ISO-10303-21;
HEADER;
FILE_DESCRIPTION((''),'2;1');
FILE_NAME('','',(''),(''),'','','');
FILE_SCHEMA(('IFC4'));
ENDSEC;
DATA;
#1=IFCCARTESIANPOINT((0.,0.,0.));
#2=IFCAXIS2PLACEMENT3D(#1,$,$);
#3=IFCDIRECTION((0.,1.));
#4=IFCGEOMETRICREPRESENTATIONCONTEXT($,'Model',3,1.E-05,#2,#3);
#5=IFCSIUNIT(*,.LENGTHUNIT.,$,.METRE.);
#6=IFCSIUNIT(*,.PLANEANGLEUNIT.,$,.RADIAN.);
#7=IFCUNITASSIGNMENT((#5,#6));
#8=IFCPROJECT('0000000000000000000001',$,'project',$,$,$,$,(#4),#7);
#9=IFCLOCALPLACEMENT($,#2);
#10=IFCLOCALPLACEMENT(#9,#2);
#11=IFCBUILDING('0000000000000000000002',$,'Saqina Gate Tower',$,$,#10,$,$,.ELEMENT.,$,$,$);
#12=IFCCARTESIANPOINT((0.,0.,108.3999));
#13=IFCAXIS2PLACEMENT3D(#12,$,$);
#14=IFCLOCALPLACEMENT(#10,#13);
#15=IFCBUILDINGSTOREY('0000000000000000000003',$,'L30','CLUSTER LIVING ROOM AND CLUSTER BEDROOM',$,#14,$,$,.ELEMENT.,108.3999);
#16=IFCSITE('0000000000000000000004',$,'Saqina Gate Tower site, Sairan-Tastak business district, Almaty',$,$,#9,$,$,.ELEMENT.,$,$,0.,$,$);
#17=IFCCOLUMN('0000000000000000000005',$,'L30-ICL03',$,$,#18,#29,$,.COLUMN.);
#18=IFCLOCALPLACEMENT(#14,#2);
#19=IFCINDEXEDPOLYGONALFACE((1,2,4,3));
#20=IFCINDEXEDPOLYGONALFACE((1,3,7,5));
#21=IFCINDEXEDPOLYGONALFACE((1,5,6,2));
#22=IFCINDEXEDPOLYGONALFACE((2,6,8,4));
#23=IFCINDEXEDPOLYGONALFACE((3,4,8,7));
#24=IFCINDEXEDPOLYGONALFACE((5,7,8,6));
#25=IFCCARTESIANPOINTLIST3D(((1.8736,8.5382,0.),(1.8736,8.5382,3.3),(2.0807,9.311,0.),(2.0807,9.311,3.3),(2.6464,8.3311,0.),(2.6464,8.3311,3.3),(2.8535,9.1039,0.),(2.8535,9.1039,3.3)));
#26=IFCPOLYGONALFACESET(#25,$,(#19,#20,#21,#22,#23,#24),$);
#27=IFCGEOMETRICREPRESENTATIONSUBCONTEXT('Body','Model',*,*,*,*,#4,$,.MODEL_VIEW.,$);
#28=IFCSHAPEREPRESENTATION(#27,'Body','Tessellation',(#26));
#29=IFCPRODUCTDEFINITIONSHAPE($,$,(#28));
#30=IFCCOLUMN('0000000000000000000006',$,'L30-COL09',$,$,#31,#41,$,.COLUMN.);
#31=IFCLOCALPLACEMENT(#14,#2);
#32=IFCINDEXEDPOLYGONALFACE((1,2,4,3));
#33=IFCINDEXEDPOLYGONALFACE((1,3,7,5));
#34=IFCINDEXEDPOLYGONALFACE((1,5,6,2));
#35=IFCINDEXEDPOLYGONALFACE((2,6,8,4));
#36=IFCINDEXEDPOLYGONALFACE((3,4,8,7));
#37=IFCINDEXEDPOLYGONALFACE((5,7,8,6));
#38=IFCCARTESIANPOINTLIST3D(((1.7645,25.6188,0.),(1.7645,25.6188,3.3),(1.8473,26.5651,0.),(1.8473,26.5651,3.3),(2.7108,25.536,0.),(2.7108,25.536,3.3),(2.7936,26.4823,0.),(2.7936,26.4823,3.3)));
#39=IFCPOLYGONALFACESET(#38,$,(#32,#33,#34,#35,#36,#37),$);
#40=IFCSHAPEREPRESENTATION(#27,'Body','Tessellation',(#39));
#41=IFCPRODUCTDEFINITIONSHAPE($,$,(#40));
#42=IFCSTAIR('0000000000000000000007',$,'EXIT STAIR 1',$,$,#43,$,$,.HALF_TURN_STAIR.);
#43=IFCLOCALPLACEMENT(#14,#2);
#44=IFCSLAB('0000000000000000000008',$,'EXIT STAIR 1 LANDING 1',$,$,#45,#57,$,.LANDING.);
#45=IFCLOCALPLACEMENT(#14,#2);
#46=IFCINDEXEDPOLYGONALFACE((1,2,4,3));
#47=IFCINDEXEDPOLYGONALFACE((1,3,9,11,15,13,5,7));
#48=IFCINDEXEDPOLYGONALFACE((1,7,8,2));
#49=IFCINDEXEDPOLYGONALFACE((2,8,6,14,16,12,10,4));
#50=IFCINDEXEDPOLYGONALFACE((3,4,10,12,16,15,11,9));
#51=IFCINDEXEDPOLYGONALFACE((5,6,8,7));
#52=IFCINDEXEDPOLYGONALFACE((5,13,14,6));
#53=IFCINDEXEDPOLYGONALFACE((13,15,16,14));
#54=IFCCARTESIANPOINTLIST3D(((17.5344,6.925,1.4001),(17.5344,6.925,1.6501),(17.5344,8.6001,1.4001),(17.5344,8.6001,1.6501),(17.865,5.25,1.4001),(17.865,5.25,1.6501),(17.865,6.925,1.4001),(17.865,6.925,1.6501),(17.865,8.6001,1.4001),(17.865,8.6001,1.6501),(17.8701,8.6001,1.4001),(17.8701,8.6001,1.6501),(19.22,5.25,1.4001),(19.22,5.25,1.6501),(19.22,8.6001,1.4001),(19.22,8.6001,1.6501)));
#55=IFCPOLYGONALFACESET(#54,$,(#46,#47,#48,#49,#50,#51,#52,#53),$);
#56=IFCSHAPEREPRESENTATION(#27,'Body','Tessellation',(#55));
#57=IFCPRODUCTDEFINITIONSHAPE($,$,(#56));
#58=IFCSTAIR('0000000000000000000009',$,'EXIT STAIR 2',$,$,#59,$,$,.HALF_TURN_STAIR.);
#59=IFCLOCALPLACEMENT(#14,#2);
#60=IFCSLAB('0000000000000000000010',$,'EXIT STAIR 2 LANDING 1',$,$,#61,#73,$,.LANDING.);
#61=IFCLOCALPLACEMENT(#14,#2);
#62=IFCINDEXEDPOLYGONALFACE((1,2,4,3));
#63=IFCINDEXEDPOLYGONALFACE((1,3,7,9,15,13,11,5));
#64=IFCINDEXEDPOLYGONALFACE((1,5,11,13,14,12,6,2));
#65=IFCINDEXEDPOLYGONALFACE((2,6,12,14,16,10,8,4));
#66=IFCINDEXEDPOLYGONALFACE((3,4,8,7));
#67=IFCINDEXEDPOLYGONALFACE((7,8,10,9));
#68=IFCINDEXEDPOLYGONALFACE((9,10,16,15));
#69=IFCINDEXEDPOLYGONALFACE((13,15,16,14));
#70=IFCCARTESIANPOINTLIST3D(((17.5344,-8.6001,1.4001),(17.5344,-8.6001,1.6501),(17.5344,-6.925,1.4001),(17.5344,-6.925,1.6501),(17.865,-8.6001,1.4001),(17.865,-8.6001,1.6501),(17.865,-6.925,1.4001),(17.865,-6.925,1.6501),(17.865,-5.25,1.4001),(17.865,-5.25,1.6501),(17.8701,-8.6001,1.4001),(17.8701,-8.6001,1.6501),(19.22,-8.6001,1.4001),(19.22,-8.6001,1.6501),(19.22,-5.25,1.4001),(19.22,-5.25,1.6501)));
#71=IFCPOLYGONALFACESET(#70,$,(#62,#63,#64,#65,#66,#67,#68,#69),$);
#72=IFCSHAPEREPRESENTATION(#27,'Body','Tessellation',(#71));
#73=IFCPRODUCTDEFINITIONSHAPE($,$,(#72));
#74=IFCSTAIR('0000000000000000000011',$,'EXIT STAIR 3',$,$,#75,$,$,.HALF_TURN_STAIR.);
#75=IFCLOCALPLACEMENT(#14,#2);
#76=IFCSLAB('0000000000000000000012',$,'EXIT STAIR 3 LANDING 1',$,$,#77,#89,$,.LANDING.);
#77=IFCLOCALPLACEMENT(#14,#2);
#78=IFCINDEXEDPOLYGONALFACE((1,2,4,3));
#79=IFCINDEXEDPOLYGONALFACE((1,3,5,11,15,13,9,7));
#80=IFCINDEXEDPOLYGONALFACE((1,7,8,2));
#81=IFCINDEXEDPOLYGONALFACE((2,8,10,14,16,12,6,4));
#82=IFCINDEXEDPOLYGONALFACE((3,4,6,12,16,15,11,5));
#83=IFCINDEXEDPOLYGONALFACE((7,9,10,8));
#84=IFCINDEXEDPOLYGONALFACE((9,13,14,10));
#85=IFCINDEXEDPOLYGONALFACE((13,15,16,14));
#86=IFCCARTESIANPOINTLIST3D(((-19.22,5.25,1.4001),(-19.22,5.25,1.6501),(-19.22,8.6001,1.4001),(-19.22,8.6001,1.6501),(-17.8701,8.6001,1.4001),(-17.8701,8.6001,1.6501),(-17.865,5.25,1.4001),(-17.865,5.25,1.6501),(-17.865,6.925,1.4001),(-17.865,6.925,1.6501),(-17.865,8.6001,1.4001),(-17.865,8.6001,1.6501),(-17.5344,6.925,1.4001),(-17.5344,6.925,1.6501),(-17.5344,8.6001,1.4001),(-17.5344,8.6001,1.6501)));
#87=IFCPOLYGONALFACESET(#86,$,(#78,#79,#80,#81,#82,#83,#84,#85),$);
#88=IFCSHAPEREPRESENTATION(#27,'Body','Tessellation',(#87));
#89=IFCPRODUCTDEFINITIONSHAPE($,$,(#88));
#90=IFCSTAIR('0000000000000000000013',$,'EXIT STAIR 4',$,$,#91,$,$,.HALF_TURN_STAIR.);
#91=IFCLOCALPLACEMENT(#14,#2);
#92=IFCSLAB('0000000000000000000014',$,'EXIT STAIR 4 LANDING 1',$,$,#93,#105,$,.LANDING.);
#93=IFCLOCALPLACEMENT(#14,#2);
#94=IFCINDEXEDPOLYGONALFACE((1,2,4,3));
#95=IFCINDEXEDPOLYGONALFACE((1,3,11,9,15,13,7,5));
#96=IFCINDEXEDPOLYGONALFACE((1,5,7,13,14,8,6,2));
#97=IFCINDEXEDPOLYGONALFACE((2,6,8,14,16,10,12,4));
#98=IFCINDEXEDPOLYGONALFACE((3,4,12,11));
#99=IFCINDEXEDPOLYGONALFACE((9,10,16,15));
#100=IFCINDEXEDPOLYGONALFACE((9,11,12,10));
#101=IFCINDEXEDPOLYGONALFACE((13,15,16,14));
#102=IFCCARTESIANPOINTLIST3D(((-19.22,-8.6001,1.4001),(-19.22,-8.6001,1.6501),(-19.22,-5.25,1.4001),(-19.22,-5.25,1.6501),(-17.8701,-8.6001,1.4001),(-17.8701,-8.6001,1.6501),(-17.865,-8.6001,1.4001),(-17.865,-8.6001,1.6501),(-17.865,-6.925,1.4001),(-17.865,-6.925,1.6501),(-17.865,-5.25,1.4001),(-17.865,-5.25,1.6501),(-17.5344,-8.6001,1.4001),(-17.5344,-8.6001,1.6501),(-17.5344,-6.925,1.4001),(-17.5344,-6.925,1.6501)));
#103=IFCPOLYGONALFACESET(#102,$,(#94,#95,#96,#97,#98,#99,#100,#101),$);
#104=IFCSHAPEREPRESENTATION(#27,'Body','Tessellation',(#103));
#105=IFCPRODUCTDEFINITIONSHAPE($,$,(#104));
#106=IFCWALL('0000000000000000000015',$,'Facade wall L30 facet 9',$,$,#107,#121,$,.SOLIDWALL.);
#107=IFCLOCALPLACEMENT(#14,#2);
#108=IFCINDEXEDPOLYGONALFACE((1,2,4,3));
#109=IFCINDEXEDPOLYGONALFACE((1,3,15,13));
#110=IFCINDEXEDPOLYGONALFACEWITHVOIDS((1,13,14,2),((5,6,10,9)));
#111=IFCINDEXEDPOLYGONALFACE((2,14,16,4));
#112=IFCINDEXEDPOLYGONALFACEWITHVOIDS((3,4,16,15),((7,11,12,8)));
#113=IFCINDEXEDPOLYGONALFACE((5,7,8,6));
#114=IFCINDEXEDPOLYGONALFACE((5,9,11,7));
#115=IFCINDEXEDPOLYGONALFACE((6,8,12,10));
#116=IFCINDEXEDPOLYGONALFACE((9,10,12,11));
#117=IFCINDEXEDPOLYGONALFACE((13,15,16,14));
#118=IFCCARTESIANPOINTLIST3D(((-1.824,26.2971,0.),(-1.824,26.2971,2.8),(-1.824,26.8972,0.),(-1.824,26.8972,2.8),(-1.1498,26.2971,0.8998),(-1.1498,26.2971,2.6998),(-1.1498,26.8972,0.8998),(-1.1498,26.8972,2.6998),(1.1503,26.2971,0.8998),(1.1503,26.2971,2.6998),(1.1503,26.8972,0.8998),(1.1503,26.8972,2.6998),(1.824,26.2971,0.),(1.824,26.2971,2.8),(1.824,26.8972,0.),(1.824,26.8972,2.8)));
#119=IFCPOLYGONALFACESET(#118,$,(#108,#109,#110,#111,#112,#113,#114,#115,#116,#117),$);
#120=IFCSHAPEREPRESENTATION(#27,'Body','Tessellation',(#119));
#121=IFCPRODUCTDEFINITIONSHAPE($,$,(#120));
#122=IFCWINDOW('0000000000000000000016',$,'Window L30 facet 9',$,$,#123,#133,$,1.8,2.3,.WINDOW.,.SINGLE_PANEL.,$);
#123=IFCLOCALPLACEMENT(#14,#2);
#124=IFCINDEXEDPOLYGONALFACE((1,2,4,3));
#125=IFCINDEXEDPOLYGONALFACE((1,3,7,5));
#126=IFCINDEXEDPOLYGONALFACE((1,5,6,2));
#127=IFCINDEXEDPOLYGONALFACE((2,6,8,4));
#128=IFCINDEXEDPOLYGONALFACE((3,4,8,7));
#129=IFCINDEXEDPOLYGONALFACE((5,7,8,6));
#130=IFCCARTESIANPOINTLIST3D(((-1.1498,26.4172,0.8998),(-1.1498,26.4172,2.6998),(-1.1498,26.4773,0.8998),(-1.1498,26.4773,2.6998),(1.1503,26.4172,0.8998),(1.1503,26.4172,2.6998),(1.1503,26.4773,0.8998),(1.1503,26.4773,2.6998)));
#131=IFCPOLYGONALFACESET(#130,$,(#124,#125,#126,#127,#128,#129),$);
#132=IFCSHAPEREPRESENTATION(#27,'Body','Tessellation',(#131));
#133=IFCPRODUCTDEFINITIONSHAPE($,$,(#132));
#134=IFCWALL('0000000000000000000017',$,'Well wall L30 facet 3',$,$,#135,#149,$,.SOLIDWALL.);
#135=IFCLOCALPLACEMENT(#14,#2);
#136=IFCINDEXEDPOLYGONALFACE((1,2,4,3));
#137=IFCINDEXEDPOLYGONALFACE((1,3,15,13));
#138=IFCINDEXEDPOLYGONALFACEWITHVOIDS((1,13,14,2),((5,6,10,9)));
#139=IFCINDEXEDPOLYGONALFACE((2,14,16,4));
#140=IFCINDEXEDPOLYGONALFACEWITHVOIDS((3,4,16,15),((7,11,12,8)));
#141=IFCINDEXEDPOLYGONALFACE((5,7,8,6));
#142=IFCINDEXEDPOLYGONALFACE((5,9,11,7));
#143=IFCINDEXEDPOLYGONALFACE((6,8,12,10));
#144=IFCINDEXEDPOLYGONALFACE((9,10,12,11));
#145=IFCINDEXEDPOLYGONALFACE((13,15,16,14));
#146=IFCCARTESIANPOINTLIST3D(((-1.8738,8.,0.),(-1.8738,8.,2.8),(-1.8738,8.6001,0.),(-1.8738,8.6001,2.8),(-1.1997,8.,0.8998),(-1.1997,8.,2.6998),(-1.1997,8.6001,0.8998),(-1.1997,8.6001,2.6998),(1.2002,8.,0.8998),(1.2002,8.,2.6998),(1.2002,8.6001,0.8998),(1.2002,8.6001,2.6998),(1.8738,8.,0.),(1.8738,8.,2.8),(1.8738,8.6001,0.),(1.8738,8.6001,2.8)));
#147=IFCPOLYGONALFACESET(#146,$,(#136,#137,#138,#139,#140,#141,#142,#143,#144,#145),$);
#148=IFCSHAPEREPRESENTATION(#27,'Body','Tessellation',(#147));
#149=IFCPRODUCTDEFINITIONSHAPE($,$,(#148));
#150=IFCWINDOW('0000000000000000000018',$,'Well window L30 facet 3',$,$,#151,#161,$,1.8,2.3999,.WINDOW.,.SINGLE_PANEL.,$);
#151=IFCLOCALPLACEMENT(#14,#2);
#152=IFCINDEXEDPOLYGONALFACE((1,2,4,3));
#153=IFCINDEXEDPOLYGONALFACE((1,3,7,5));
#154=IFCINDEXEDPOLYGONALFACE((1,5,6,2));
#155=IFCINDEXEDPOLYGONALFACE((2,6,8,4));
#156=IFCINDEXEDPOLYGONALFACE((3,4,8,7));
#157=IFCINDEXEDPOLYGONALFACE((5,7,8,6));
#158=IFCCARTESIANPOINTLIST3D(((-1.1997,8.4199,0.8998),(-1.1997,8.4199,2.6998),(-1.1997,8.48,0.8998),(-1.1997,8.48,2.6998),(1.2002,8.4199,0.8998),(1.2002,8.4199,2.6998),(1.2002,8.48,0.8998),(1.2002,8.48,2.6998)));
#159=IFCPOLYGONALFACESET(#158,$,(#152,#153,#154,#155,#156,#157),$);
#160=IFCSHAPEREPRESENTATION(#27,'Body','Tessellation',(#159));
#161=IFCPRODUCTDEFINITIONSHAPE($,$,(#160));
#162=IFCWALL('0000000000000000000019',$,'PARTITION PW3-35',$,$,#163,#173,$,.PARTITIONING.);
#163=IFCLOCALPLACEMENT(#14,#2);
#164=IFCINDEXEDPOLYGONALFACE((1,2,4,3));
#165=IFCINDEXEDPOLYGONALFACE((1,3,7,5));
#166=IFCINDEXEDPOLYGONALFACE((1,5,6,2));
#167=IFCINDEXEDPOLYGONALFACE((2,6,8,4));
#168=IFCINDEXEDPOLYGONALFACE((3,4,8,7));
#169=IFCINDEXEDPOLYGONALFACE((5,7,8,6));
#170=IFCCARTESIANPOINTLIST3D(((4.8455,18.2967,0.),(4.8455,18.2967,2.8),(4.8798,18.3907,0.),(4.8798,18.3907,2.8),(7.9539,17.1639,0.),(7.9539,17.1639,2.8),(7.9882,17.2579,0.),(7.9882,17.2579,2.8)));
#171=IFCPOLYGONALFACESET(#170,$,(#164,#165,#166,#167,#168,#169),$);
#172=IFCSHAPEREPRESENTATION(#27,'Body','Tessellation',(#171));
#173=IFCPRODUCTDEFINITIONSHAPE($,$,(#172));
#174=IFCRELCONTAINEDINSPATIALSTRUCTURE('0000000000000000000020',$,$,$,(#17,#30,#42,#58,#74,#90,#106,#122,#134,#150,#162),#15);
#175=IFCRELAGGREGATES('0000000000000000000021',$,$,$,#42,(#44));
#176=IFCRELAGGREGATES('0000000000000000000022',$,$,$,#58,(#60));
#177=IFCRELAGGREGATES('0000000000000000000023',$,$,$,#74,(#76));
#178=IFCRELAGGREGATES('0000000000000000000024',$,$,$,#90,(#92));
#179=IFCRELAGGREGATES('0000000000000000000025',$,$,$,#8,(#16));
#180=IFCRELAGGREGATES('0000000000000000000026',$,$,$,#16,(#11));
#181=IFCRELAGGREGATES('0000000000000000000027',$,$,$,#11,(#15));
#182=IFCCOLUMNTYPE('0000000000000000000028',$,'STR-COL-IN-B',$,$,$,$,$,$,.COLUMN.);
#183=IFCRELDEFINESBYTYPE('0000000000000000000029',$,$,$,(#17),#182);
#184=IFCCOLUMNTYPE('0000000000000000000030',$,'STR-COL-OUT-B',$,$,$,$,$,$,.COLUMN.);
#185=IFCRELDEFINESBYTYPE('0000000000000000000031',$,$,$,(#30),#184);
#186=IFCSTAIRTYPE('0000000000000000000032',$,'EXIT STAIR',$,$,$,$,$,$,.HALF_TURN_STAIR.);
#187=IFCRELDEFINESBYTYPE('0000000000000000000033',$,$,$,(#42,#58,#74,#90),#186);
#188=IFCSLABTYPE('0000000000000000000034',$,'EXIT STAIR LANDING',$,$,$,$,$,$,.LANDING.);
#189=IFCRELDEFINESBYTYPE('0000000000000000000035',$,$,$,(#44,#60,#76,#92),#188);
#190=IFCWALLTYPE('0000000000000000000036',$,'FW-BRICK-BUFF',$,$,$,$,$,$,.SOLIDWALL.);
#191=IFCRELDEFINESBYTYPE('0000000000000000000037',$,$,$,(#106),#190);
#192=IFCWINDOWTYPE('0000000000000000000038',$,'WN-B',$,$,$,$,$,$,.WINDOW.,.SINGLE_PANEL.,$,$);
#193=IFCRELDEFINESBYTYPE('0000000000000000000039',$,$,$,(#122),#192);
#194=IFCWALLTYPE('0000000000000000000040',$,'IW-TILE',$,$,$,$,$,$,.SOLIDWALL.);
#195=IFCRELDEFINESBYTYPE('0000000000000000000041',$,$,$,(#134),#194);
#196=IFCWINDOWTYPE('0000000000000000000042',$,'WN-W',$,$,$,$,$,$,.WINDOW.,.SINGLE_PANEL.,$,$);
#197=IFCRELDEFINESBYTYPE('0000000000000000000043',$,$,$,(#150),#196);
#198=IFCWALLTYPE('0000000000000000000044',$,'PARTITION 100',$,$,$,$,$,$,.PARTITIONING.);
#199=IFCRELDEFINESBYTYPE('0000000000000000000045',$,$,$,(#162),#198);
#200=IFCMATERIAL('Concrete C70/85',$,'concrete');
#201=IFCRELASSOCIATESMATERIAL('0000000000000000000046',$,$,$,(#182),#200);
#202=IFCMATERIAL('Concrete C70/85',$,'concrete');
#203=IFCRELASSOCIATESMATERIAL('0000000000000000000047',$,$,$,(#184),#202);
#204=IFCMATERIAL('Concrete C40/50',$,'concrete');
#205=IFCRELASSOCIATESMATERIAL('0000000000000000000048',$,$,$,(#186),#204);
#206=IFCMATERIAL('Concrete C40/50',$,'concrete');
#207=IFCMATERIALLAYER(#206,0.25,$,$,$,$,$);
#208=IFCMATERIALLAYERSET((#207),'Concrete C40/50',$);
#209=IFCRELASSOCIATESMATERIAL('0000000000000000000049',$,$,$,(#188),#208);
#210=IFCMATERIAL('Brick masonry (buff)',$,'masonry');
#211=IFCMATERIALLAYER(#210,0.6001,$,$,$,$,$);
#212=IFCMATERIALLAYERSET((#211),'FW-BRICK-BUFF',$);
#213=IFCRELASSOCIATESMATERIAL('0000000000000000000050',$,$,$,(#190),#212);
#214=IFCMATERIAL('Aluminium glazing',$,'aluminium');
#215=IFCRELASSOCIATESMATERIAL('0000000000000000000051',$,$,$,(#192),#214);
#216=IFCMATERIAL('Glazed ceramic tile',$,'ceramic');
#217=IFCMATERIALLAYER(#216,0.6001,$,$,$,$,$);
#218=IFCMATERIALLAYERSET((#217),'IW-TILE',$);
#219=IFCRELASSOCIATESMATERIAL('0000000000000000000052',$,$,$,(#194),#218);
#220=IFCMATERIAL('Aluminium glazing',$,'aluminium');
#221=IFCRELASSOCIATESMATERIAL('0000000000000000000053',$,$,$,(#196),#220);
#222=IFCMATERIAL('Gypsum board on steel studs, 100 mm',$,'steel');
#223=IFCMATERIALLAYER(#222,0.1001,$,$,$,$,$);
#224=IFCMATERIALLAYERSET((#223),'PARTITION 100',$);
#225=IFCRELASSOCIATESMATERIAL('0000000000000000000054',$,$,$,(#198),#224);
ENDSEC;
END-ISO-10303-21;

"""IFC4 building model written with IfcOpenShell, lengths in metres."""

from ifc_helpers import new_model, si_unit, direction, frame, frame_2d, origin, origin_2d, place, context, subcontext, project, spatial, polyline, rectangle, outline, extrude, material, layer, layer_set, material_profile, profile_set, type_object, element, fill, aggregate, save


model = new_model("IFC4")

# Units and contexts
model_context = context("Model", 3, precision=1e-05, world=origin(), true_north=direction((0.0, 1.0)))
body_context = subcontext(model_context, "Body", "Model", "MODEL_VIEW")
ifc_project = project(units=[si_unit("LENGTHUNIT", "METRE"), si_unit("PLANEANGLEUNIT", "RADIAN")], contexts=[model_context])

# Site, building, storey
site_placement = place(None, origin())
site = spatial("IfcSite", under=ifc_project, at=site_placement, Name="Saqina Gate Tower site, Sairan-Tastak business district, Almaty", CompositionType="ELEMENT", RefElevation=0.0)
building_placement = place(site_placement, origin())
building = spatial("IfcBuilding", under=site, at=building_placement, Name="Saqina Gate Tower", CompositionType="ELEMENT")
storey_placement = place(building_placement, frame((0.0, 0.0, 108.3999)))
storey = spatial("IfcBuildingStorey", under=building, at=storey_placement, Name="L30", Description="CLUSTER LIVING ROOM AND CLUSTER BEDROOM", CompositionType="ELEMENT", Elevation=108.3999)

# Columns
ifc_material_1 = material(Name="Concrete C70/85", Category="concrete")
ifc_material_profile_1 = material_profile(ifc_material_1, rectangle(XDim=0.8, YDim=0.8, at=origin_2d()), Name="RC 800x800")
ifc_profile_set_1 = profile_set([ifc_material_profile_1], Name="Concrete C70/85")
column_type_1 = type_object("IfcColumnType", Name="STR-COL-IN-B", PredefinedType="COLUMN", material=ifc_profile_set_1)
column_1_placement = place(storey_placement, frame((2.3635, 8.821, 0.0), z_axis=(0.0, 0.0, 1.0), x_axis=(0.258819, 0.965926, 0.0)))
element("IfcColumn", 1, at=column_1_placement, inside=storey, type_object=column_type_1, Name="L30-ICL03", PredefinedType="COLUMN", context=body_context, shape_type="SweptSolid", body=[
    extrude(rectangle(XDim=0.8, YDim=0.8, at=origin_2d()), origin(), (0.0, 0.0, 1.0), 3.3),
])
ifc_material_2 = material(Name="Concrete C70/85", Category="concrete")
ifc_material_profile_2 = material_profile(ifc_material_2, rectangle(XDim=0.95, YDim=0.95, at=origin_2d()), Name="RC 950x950")
ifc_profile_set_2 = profile_set([ifc_material_profile_2], Name="Concrete C70/85")
column_type_2 = type_object("IfcColumnType", Name="STR-COL-OUT-B", PredefinedType="COLUMN", material=ifc_profile_set_2)
column_2_placement = place(storey_placement, frame((2.2791, 26.0505, 0.0), z_axis=(0.0, 0.0, 1.0), x_axis=(0.087156, 0.996195, 0.0)))
element("IfcColumn", 2, at=column_2_placement, inside=storey, type_object=column_type_2, Name="L30-COL09", PredefinedType="COLUMN", context=body_context, shape_type="SweptSolid", body=[
    extrude(rectangle(XDim=0.95, YDim=0.95, at=origin_2d()), origin(), (0.0, 0.0, 1.0), 3.3),
])

# Stairs, slabs
ifc_material_3 = material(Name="Concrete C40/50", Category="concrete")
stair_type = type_object("IfcStairType", Name="EXIT STAIR", PredefinedType="HALF_TURN_STAIR", material=ifc_material_3)
stair_1_placement = place(storey_placement, origin())
stair_1 = element("IfcStair", 3, at=stair_1_placement, inside=storey, type_object=stair_type, Name="EXIT STAIR 1", PredefinedType="HALF_TURN_STAIR")
ifc_material_4 = material(Name="Concrete C40/50", Category="concrete")
ifc_layer_1 = layer(ifc_material_4, 0.25)
ifc_layer_set_1 = layer_set([ifc_layer_1], Name="Concrete C40/50")
slab_type = type_object("IfcSlabType", Name="EXIT STAIR LANDING", PredefinedType="LANDING", material=ifc_layer_set_1)
slab_1_placement = place(storey_placement, frame((0.0, 0.0, 1.4001)))
slab_1 = element("IfcSlab", 4, at=slab_1_placement, type_object=slab_type, Name="EXIT STAIR 1 LANDING 1", PredefinedType="LANDING", context=body_context, shape_type="SweptSolid", body=[
    extrude(outline(polyline([(19.22, 8.6001), (19.22, 5.25), (17.865, 5.25), (17.865, 6.925), (17.5344, 6.925), (17.5344, 8.6001), (17.865, 8.6001), (17.8701, 8.6001), (19.22, 8.6001)])), origin(), (0.0, 0.0, 1.0), 0.25),
])
aggregate(stair_1, [slab_1])
stair_2_placement = place(storey_placement, origin())
stair_2 = element("IfcStair", 5, at=stair_2_placement, inside=storey, type_object=stair_type, Name="EXIT STAIR 2", PredefinedType="HALF_TURN_STAIR")
slab_2_placement = place(storey_placement, frame((0.0, 0.0, 1.4001)))
slab_2 = element("IfcSlab", 6, at=slab_2_placement, type_object=slab_type, Name="EXIT STAIR 2 LANDING 1", PredefinedType="LANDING", context=body_context, shape_type="SweptSolid", body=[
    extrude(outline(polyline([(17.5344, -8.6001), (17.5344, -6.925), (17.865, -6.925), (17.865, -5.25), (19.22, -5.25), (19.22, -8.6001), (17.8701, -8.6001), (17.865, -8.6001), (17.5344, -8.6001)])), origin(), (0.0, 0.0, 1.0), 0.25),
])
aggregate(stair_2, [slab_2])
stair_3_placement = place(storey_placement, origin())
stair_3 = element("IfcStair", 7, at=stair_3_placement, inside=storey, type_object=stair_type, Name="EXIT STAIR 3", PredefinedType="HALF_TURN_STAIR")
slab_3_placement = place(storey_placement, frame((0.0, 0.0, 1.4001)))
slab_3 = element("IfcSlab", 8, at=slab_3_placement, type_object=slab_type, Name="EXIT STAIR 3 LANDING 1", PredefinedType="LANDING", context=body_context, shape_type="SweptSolid", body=[
    extrude(outline(polyline([(-17.865, 5.25), (-19.22, 5.25), (-19.22, 8.6001), (-17.8701, 8.6001), (-17.865, 8.6001), (-17.5344, 8.6001), (-17.5344, 6.925), (-17.865, 6.925), (-17.865, 5.25)])), origin(), (0.0, 0.0, 1.0), 0.25),
])
aggregate(stair_3, [slab_3])
stair_4_placement = place(storey_placement, origin())
stair_4 = element("IfcStair", 9, at=stair_4_placement, inside=storey, type_object=stair_type, Name="EXIT STAIR 4", PredefinedType="HALF_TURN_STAIR")
slab_4_placement = place(storey_placement, frame((0.0, 0.0, 1.4001)))
slab_4 = element("IfcSlab", 10, at=slab_4_placement, type_object=slab_type, Name="EXIT STAIR 4 LANDING 1", PredefinedType="LANDING", context=body_context, shape_type="SweptSolid", body=[
    extrude(outline(polyline([(-17.5344, -6.925), (-17.5344, -8.6001), (-17.865, -8.6001), (-17.8701, -8.6001), (-19.22, -8.6001), (-19.22, -5.25), (-17.865, -5.25), (-17.865, -6.925), (-17.5344, -6.925)])), origin(), (0.0, 0.0, 1.0), 0.25),
])
aggregate(stair_4, [slab_4])

# Walls, openings, windows
ifc_material_5 = material(Name="Brick masonry (buff)", Category="masonry")
ifc_layer_2 = layer(ifc_material_5, 0.6001)
ifc_layer_set_2 = layer_set([ifc_layer_2], Name="FW-BRICK-BUFF")
wall_type_1 = type_object("IfcWallType", Name="FW-BRICK-BUFF", PredefinedType="SOLIDWALL", material=ifc_layer_set_2)
wall_1_placement = place(storey_placement, frame((1.824, 26.5972, 0.0), z_axis=(0.0, 0.0, 1.0), x_axis=(-1.0, 0.0, 0.0)))
wall_1 = element("IfcWall", 11, at=wall_1_placement, inside=storey, type_object=wall_type_1, Name="Facade wall L30 facet 9", PredefinedType="SOLIDWALL", context=body_context, shape_type="SweptSolid", body=[
    extrude(rectangle(XDim=3.6479, YDim=0.6001, at=frame_2d((1.824, 0.0))), origin(), (0.0, 0.0, 1.0), 2.8),
])
opening_1_placement = place(wall_1_placement, frame((0.6738, 0.0, 0.8999)))
opening_1 = element("IfcOpeningElement", 12, at=opening_1_placement, cuts=wall_1, PredefinedType="OPENING", context=body_context, shape_type="SweptSolid", body=[
    extrude(rectangle(XDim=2.3, YDim=1.8, at=frame_2d((1.1499, 0.8999))), frame((0.0, 0.312, 0.0), z_axis=(0.0, -1.0, 0.0), x_axis=(1.0, 0.0, 0.0)), (0.0, 0.0, 1.0), 0.624),
])
ifc_material_6 = material(Name="Aluminium glazing", Category="aluminium")
window_type_1 = type_object("IfcWindowType", Name="WN-B", PartitioningType="SINGLE_PANEL", PredefinedType="WINDOW", material=ifc_material_6)
window_1_placement = place(opening_1_placement, origin())
window_1 = element("IfcWindow", 13, at=window_1_placement, inside=storey, type_object=window_type_1, Name="Window L30 facet 9", OverallHeight=1.8, OverallWidth=2.3, PartitioningType="SINGLE_PANEL", PredefinedType="WINDOW", context=body_context, shape_type="SweptSolid", body=[
    extrude(rectangle(XDim=2.3, YDim=1.8, at=frame_2d((1.1499, 0.8999))), frame((0.0, 0.1799, 0.0), z_axis=(0.0, -1.0, 0.0), x_axis=(1.0, 0.0, 0.0)), (0.0, 0.0, 1.0), 0.0601),
])
fill(opening_1, window_1)
ifc_material_7 = material(Name="Glazed ceramic tile", Category="ceramic")
ifc_layer_3 = layer(ifc_material_7, 0.6001)
ifc_layer_set_3 = layer_set([ifc_layer_3], Name="IW-TILE")
wall_type_2 = type_object("IfcWallType", Name="IW-TILE", PredefinedType="SOLIDWALL", material=ifc_layer_set_3)
wall_2_placement = place(storey_placement, frame((1.8738, 8.3, 0.0), z_axis=(0.0, 0.0, 1.0), x_axis=(-1.0, 0.0, 0.0)))
wall_2 = element("IfcWall", 14, at=wall_2_placement, inside=storey, type_object=wall_type_2, Name="Well wall L30 facet 3", PredefinedType="SOLIDWALL", context=body_context, shape_type="SweptSolid", body=[
    extrude(rectangle(XDim=3.7476, YDim=0.6001, at=frame_2d((1.8738, 0.0))), origin(), (0.0, 0.0, 1.0), 2.8),
])
opening_2_placement = place(wall_2_placement, frame((0.6736, 0.0, 0.8999)))
opening_2 = element("IfcOpeningElement", 15, at=opening_2_placement, cuts=wall_2, PredefinedType="OPENING", context=body_context, shape_type="SweptSolid", body=[
    extrude(rectangle(XDim=2.3999, YDim=1.8, at=frame_2d((1.2, 0.8999))), frame((0.0, 0.312, 0.0), z_axis=(0.0, -1.0, 0.0), x_axis=(1.0, 0.0, 0.0)), (0.0, 0.0, 1.0), 0.624),
])
ifc_material_8 = material(Name="Aluminium glazing", Category="aluminium")
window_type_2 = type_object("IfcWindowType", Name="WN-W", PartitioningType="SINGLE_PANEL", PredefinedType="WINDOW", material=ifc_material_8)
window_2_placement = place(opening_2_placement, origin())
window_2 = element("IfcWindow", 16, at=window_2_placement, inside=storey, type_object=window_type_2, Name="Well window L30 facet 3", OverallHeight=1.8, OverallWidth=2.3999, PartitioningType="SINGLE_PANEL", PredefinedType="WINDOW", context=body_context, shape_type="SweptSolid", body=[
    extrude(rectangle(XDim=2.3999, YDim=1.8, at=frame_2d((1.2, 0.8999))), frame((0.0, -0.1199, 0.0), z_axis=(0.0, -1.0, 0.0), x_axis=(1.0, 0.0, 0.0)), (0.0, 0.0, 1.0), 0.0601),
])
fill(opening_2, window_2)

# Wall
ifc_material_9 = material(Name="Gypsum board on steel studs, 100 mm", Category="steel")
ifc_layer_4 = layer(ifc_material_9, 0.1001)
ifc_layer_set_4 = layer_set([ifc_layer_4], Name="PARTITION 100")
wall_type_3 = type_object("IfcWallType", Name="PARTITION 100", PredefinedType="PARTITIONING", material=ifc_layer_set_4)
wall_3_placement = place(storey_placement, frame((4.8625, 18.3438, 0.0), z_axis=(0.0, 0.0, 1.0), x_axis=(0.939552, -0.342407, 0.0)))
element("IfcWall", 17, at=wall_3_placement, inside=storey, type_object=wall_type_3, Name="PARTITION PW3-35", PredefinedType="PARTITIONING", context=body_context, shape_type="SweptSolid", body=[
    extrude(rectangle(XDim=3.3083, YDim=0.1001, at=frame_2d((1.6543, 0.0))), origin(), (0.0, 0.0, 1.0), 2.8),
])

save(model, "model.ifc")
